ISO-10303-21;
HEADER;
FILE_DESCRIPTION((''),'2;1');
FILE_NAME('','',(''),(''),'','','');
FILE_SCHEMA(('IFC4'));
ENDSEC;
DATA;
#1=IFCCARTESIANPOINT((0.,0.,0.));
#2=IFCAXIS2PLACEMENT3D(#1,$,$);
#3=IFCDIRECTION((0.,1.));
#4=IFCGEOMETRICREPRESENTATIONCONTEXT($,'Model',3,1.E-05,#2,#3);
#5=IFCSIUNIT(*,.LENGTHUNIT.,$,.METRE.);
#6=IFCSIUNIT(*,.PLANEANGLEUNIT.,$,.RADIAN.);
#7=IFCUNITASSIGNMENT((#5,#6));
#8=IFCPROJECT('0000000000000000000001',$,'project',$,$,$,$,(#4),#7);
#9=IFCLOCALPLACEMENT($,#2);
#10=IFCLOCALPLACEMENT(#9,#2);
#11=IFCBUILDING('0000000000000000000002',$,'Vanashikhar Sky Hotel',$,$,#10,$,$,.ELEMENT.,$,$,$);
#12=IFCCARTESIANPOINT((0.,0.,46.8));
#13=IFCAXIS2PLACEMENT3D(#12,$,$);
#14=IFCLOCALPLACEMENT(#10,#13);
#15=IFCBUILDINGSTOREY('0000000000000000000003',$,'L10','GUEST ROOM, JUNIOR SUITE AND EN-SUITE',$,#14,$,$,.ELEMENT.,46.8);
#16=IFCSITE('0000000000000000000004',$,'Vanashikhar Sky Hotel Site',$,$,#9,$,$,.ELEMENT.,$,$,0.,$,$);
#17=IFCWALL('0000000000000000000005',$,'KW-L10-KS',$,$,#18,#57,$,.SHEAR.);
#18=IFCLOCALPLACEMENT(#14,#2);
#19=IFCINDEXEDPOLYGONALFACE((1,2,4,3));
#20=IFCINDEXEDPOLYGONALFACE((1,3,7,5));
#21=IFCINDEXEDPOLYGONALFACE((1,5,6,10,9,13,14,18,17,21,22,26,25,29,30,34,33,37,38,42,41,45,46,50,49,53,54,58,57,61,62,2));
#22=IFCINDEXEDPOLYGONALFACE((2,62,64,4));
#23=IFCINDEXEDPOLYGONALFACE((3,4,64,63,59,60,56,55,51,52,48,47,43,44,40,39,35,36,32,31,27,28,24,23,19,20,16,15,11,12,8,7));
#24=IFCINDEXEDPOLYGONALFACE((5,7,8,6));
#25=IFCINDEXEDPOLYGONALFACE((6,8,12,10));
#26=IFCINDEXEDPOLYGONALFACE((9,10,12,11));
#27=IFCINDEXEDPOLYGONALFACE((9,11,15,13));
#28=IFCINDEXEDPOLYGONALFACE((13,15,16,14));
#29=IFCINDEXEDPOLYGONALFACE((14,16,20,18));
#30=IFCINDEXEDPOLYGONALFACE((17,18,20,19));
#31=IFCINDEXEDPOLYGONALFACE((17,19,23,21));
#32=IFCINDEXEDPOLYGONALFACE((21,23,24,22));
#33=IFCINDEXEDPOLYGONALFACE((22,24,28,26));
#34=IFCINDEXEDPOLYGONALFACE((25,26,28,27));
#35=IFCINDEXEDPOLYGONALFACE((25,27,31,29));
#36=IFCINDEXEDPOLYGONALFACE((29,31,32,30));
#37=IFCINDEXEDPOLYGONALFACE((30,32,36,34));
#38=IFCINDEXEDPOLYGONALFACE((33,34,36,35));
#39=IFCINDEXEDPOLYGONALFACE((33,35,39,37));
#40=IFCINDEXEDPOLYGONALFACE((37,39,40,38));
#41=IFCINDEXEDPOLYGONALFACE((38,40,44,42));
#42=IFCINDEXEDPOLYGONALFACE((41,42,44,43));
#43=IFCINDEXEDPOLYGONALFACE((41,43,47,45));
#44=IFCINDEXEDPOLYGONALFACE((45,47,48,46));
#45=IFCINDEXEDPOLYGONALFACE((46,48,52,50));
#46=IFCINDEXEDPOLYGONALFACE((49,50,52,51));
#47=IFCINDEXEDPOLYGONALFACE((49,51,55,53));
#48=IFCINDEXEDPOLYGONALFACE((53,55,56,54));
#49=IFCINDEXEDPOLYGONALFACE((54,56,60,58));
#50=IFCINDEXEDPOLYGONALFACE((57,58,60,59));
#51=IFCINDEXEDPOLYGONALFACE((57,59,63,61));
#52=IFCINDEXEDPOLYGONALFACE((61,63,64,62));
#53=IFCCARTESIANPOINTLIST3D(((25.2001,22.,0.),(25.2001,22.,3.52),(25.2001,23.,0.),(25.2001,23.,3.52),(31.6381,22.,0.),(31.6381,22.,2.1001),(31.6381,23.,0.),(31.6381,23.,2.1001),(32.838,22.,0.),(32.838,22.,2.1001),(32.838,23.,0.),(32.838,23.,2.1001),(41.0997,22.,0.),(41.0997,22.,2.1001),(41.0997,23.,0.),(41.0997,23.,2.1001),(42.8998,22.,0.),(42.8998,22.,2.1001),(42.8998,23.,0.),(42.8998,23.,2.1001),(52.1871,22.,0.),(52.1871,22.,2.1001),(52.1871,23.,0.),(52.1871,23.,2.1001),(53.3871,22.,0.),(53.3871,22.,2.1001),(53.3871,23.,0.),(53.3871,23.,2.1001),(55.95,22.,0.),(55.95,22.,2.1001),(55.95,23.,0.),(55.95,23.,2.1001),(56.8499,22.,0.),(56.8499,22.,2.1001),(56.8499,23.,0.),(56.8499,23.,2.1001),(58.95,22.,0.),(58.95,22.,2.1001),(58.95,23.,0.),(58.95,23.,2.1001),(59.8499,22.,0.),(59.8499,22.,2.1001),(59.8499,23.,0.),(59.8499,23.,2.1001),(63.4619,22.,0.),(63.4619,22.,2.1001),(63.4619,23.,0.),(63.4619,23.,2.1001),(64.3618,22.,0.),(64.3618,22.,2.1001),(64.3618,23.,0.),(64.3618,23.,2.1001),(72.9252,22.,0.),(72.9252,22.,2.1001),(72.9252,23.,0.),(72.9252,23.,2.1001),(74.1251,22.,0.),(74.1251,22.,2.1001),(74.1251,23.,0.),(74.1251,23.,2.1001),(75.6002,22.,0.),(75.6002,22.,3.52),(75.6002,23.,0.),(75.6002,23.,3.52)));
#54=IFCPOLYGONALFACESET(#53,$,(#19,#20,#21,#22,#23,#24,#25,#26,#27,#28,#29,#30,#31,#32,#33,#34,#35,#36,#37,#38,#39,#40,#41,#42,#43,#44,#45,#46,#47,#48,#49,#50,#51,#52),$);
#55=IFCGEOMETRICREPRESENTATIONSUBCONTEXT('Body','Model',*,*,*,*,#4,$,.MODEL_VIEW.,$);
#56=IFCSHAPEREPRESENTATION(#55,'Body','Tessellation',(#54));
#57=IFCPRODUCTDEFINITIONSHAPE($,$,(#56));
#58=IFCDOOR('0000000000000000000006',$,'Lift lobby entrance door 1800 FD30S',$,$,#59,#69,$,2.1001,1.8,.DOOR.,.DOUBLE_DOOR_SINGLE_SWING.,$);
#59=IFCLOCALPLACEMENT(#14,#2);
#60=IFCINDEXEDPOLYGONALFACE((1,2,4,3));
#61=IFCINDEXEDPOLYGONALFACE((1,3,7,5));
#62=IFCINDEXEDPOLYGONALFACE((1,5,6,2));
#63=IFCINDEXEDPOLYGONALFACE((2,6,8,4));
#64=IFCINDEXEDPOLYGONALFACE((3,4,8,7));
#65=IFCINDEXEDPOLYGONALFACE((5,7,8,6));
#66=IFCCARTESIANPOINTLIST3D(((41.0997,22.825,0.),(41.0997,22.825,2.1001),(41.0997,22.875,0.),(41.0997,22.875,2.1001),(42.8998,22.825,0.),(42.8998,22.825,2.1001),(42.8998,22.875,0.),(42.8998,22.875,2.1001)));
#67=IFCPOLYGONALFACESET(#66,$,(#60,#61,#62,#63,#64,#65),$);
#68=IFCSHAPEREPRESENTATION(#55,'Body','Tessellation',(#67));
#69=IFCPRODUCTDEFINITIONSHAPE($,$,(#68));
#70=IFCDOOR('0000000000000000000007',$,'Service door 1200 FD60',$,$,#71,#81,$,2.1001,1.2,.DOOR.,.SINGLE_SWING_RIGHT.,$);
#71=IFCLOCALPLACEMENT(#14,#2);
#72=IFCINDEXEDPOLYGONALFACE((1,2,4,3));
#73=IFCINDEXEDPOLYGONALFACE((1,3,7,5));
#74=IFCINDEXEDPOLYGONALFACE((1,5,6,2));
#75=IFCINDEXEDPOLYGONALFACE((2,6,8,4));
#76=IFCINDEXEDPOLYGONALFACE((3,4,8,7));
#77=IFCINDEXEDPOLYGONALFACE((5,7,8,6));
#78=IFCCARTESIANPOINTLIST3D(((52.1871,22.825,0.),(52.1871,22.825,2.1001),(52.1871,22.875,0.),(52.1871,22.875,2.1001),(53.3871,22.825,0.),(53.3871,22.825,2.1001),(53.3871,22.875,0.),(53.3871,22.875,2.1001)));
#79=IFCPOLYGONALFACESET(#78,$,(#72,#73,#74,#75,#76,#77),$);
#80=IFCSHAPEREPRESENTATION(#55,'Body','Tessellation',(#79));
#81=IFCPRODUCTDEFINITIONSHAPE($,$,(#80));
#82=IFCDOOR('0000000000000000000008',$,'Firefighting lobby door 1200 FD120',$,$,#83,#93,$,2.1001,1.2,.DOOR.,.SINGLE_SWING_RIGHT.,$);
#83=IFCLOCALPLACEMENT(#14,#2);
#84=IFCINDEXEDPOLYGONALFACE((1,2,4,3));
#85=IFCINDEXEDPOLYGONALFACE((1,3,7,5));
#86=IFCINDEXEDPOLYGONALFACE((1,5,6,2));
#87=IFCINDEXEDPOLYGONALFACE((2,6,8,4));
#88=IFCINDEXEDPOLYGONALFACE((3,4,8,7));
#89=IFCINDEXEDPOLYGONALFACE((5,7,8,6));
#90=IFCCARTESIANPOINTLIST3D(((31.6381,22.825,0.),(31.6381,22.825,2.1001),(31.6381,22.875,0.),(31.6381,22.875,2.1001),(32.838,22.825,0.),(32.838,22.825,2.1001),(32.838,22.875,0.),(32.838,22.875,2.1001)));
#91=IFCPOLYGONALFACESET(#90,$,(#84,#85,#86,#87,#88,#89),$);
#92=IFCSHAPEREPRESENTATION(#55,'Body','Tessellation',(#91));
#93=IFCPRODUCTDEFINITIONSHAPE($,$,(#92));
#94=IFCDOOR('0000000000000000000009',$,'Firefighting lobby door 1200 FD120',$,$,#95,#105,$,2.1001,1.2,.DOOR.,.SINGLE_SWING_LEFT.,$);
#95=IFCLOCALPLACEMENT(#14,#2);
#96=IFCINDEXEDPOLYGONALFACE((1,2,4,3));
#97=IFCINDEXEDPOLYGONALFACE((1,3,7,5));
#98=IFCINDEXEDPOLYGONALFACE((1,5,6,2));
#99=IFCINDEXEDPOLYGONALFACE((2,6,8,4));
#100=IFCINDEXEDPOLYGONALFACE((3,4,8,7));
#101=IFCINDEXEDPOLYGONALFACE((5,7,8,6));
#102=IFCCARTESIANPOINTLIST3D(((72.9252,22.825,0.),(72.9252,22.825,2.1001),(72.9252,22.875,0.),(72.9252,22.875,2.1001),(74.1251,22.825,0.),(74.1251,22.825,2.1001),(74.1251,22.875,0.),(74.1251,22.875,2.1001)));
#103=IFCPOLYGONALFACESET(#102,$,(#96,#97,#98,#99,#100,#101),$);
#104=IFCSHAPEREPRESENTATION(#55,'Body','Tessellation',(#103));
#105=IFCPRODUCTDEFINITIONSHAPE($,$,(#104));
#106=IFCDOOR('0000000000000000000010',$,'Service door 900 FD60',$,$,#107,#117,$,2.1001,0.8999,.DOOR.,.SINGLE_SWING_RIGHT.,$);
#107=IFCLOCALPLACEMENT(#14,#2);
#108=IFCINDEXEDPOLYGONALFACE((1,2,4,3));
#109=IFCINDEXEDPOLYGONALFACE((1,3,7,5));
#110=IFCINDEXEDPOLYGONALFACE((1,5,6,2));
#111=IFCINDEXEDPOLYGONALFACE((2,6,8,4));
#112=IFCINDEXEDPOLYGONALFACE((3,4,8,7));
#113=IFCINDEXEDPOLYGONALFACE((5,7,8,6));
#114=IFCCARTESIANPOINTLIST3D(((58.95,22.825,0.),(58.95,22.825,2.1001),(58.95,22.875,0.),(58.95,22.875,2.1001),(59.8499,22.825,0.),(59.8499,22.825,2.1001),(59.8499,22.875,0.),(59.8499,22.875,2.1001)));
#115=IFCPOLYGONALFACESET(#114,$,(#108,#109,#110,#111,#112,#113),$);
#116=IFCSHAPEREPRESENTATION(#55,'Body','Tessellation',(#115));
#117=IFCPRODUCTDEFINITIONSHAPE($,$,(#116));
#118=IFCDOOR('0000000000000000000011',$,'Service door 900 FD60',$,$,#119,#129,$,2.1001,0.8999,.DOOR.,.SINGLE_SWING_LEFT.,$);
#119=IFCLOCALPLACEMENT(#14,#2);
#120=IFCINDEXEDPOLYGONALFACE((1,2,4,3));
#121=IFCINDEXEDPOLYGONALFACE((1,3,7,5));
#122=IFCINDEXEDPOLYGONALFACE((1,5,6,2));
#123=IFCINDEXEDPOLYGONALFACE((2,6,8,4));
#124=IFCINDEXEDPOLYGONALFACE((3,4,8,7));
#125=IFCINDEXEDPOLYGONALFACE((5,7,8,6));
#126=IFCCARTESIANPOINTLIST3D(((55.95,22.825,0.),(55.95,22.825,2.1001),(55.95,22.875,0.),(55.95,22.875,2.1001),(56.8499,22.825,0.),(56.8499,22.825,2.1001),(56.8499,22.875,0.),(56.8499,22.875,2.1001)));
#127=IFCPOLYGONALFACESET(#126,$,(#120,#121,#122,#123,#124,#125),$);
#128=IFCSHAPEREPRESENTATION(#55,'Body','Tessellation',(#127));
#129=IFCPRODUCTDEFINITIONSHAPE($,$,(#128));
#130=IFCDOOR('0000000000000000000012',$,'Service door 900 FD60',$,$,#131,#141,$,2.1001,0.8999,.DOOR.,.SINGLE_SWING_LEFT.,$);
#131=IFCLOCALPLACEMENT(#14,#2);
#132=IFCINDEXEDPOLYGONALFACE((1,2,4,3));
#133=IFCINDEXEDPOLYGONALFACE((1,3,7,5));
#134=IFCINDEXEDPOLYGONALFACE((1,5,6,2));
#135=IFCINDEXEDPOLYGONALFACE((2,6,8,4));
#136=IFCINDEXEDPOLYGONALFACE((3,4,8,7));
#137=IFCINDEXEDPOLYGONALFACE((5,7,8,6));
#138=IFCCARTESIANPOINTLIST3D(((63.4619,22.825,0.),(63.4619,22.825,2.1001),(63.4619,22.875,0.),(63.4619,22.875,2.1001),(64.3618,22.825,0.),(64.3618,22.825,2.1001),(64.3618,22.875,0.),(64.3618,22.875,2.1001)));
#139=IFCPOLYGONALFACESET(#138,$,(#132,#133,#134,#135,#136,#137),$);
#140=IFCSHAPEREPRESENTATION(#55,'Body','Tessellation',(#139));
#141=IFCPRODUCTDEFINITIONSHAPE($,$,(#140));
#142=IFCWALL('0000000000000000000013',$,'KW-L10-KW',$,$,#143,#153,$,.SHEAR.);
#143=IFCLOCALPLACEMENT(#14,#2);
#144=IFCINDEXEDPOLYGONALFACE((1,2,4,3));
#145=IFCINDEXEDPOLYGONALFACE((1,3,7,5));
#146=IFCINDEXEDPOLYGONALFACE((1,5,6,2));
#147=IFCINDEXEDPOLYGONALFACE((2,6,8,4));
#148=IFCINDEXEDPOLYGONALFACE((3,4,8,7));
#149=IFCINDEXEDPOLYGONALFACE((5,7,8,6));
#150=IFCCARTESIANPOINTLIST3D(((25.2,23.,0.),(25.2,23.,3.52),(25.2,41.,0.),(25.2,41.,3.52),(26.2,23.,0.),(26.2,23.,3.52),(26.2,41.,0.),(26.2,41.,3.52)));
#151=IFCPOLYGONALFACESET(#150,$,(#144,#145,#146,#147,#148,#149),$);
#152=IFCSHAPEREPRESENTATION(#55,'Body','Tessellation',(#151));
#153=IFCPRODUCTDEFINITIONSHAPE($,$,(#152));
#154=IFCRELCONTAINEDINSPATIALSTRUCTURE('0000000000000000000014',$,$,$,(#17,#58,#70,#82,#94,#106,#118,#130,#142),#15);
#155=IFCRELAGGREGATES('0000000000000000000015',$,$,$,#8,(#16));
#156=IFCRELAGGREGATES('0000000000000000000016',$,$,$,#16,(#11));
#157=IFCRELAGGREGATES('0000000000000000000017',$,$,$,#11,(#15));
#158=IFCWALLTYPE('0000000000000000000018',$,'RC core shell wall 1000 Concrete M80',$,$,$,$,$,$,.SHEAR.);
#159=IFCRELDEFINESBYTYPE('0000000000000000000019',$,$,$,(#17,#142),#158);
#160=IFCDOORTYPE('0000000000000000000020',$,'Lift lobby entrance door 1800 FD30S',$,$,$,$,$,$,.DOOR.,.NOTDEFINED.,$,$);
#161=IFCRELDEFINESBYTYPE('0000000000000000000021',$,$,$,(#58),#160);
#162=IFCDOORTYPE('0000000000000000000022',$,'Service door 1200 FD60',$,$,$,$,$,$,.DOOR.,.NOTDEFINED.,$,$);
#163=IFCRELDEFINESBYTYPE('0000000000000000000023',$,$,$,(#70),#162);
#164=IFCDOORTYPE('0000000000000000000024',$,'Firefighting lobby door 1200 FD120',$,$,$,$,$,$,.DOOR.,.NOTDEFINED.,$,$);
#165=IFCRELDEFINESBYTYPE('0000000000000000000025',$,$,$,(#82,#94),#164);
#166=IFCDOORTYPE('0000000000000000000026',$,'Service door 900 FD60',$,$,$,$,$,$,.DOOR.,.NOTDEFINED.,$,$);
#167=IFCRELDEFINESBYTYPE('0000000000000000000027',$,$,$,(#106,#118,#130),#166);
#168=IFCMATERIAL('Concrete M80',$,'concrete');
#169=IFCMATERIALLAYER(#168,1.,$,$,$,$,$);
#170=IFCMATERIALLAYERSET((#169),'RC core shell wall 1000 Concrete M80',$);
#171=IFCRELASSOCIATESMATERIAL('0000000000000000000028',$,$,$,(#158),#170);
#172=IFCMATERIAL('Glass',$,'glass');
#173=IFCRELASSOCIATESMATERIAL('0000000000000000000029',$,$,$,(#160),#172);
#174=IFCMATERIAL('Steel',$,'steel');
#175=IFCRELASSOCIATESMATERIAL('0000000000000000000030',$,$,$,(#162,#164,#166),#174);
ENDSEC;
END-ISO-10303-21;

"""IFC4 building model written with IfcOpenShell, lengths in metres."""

from ifc_helpers import new_model, si_unit, direction, frame, frame_2d, origin, place, context, subcontext, project, spatial, rectangle, extrude, source, transform, mapped, material, layer, layer_set, type_object, element, fill, save


model = new_model("IFC4")

# Units and contexts
model_context = context("Model", 3, precision=1e-05, world=origin(), true_north=direction((0.0, 1.0)))
body_context = subcontext(model_context, "Body", "Model", "MODEL_VIEW")
ifc_project = project(units=[si_unit("LENGTHUNIT", "METRE"), si_unit("PLANEANGLEUNIT", "RADIAN")], contexts=[model_context])

# Site, building, storey
site_placement = place(None, origin())
site = spatial("IfcSite", under=ifc_project, at=site_placement, Name="Vanashikhar Sky Hotel Site", CompositionType="ELEMENT", RefElevation=0.0)
building_placement = place(site_placement, origin())
building = spatial("IfcBuilding", under=site, at=building_placement, Name="Vanashikhar Sky Hotel", CompositionType="ELEMENT")
storey_placement = place(building_placement, frame((0.0, 0.0, 46.8)))
storey = spatial("IfcBuildingStorey", under=building, at=storey_placement, Name="L10", Description="GUEST ROOM, JUNIOR SUITE AND EN-SUITE", CompositionType="ELEMENT", Elevation=46.8)

# Wall, openings, doors
ifc_material_1 = material(Name="Concrete M80", Category="concrete")
ifc_layer_1 = layer(ifc_material_1, 1.0)
ifc_layer_set_1 = layer_set([ifc_layer_1], Name="RC core shell wall 1000 Concrete M80")
wall_type_1 = type_object("IfcWallType", Name="RC core shell wall 1000 Concrete M80", PredefinedType="SHEAR", material=ifc_layer_set_1)
shared_shape_1 = source(origin(), body_context, "Body", "SweptSolid", [
    extrude(rectangle(XDim=50.4001, YDim=1.0, at=frame_2d((25.2002, 0.0))), origin(), (0.0, 0.0, 1.0), 3.52),
])
wall_1_placement = place(storey_placement, frame((25.2, 22.5, 0.0), z_axis=(0.0, 0.0, 1.0), x_axis=(1.0, 0.0, 0.0)))
wall_1 = element("IfcWall", 1, at=wall_1_placement, inside=storey, type_object=wall_type_1, Name="KW-L10-KS", PredefinedType="SHEAR", context=body_context, shape_type="MappedRepresentation", body=[
    mapped(shared_shape_1, transform((0.0, 0.0, 0.0), scale=1.0)),
])
shared_shape_2 = source(origin(), body_context, "Body", "SweptSolid", [
    extrude(rectangle(XDim=1.8, YDim=2.1001, at=frame_2d((0.8999, 1.05))), frame((0.0, 0.51, 0.0), z_axis=(0.0, -1.0, 0.0), x_axis=(1.0, 0.0, 0.0)), (0.0, 0.0, 1.0), 1.02),
])
opening_1_placement = place(wall_1_placement, frame((15.8999, 0.0, 0.0)))
opening_1 = element("IfcOpeningElement", 2, at=opening_1_placement, cuts=wall_1, PredefinedType="OPENING", context=body_context, shape_type="MappedRepresentation", body=[
    mapped(shared_shape_2, transform((0.0, 0.0, 0.0), scale=1.0)),
])
shared_shape_3 = source(origin(), body_context, "Body", "SweptSolid", [
    extrude(rectangle(XDim=1.2, YDim=2.1001, at=frame_2d((0.6001, 1.05))), frame((0.0, 0.51, 0.0), z_axis=(0.0, -1.0, 0.0), x_axis=(1.0, 0.0, 0.0)), (0.0, 0.0, 1.0), 1.02),
])
opening_2_placement = place(wall_1_placement, frame((26.9871, 0.0, 0.0)))
opening_2 = element("IfcOpeningElement", 3, at=opening_2_placement, cuts=wall_1, PredefinedType="OPENING", context=body_context, shape_type="MappedRepresentation", body=[
    mapped(shared_shape_3, transform((0.0, 0.0, 0.0), scale=1.0)),
])
shared_shape_4 = source(origin(), body_context, "Body", "SweptSolid", [
    extrude(rectangle(XDim=0.8999, YDim=2.1001, at=frame_2d((0.45, 1.05))), frame((0.0, 0.51, 0.0), z_axis=(0.0, -1.0, 0.0), x_axis=(1.0, 0.0, 0.0)), (0.0, 0.0, 1.0), 1.02),
])
opening_3_placement = place(wall_1_placement, frame((33.75, 0.0, 0.0)))
opening_3 = element("IfcOpeningElement", 4, at=opening_3_placement, cuts=wall_1, PredefinedType="OPENING", context=body_context, shape_type="MappedRepresentation", body=[
    mapped(shared_shape_4, transform((0.0, 0.0, 0.0), scale=1.0)),
])
opening_4_placement = place(wall_1_placement, frame((30.75, 0.0, 0.0)))
opening_4 = element("IfcOpeningElement", 5, at=opening_4_placement, cuts=wall_1, PredefinedType="OPENING", context=body_context, shape_type="MappedRepresentation", body=[
    mapped(shared_shape_4, transform((0.0, 0.0, 0.0), scale=1.0)),
])
opening_5_placement = place(wall_1_placement, frame((38.262, 0.0, 0.0)))
opening_5 = element("IfcOpeningElement", 6, at=opening_5_placement, cuts=wall_1, PredefinedType="OPENING", context=body_context, shape_type="MappedRepresentation", body=[
    mapped(shared_shape_4, transform((0.0, 0.0, 0.0), scale=1.0)),
])
opening_6_placement = place(wall_1_placement, frame((6.438, 0.0, 0.0)))
opening_6 = element("IfcOpeningElement", 7, at=opening_6_placement, cuts=wall_1, PredefinedType="OPENING", context=body_context, shape_type="MappedRepresentation", body=[
    mapped(shared_shape_3, transform((0.0, 0.0, 0.0), scale=1.0)),
])
opening_7_placement = place(wall_1_placement, frame((47.7251, 0.0, 0.0)))
opening_7 = element("IfcOpeningElement", 8, at=opening_7_placement, cuts=wall_1, PredefinedType="OPENING", context=body_context, shape_type="MappedRepresentation", body=[
    mapped(shared_shape_3, transform((0.0, 0.0, 0.0), scale=1.0)),
])
ifc_material_2 = material(Name="Glass", Category="glass")
door_type_1 = type_object("IfcDoorType", Name="Lift lobby entrance door 1800 FD30S", OperationType="NOTDEFINED", PredefinedType="DOOR", material=ifc_material_2)
shared_shape_5 = source(origin(), body_context, "Body", "SweptSolid", [
    extrude(rectangle(XDim=1.8, YDim=2.1001, at=frame_2d((0.8999, 1.05))), frame((0.0, 0.375, 0.0), z_axis=(0.0, -1.0, 0.0), x_axis=(1.0, 0.0, 0.0)), (0.0, 0.0, 1.0), 0.05),
])
door_1_placement = place(opening_1_placement, origin())
door_1 = element("IfcDoor", 9, at=door_1_placement, inside=storey, type_object=door_type_1, Name="Lift lobby entrance door 1800 FD30S", OperationType="DOUBLE_DOOR_SINGLE_SWING", OverallHeight=2.1001, OverallWidth=1.8, PredefinedType="DOOR", context=body_context, shape_type="MappedRepresentation", body=[
    mapped(shared_shape_5, transform((0.0, 0.0, 0.0), scale=1.0)),
])
fill(opening_1, door_1)
ifc_material_3 = material(Name="Steel", Category="steel")
door_type_2 = type_object("IfcDoorType", Name="Service door 1200 FD60", OperationType="NOTDEFINED", PredefinedType="DOOR", material=ifc_material_3)
shared_shape_6 = source(origin(), body_context, "Body", "SweptSolid", [
    extrude(rectangle(XDim=1.2, YDim=2.1001, at=frame_2d((0.6001, 1.05))), frame((0.0, 0.375, 0.0), z_axis=(0.0, -1.0, 0.0), x_axis=(1.0, 0.0, 0.0)), (0.0, 0.0, 1.0), 0.05),
])
door_2_placement = place(opening_2_placement, origin())
door_2 = element("IfcDoor", 10, at=door_2_placement, inside=storey, type_object=door_type_2, Name="Service door 1200 FD60", OperationType="SINGLE_SWING_RIGHT", OverallHeight=2.1001, OverallWidth=1.2, PredefinedType="DOOR", context=body_context, shape_type="MappedRepresentation", body=[
    mapped(shared_shape_6, transform((0.0, 0.0, 0.0), scale=1.0)),
])
fill(opening_2, door_2)
door_type_3 = type_object("IfcDoorType", Name="Firefighting lobby door 1200 FD120", OperationType="NOTDEFINED", PredefinedType="DOOR", material=ifc_material_3)
door_3_placement = place(opening_6_placement, origin())
door_3 = element("IfcDoor", 11, at=door_3_placement, inside=storey, type_object=door_type_3, Name="Firefighting lobby door 1200 FD120", OperationType="SINGLE_SWING_RIGHT", OverallHeight=2.1001, OverallWidth=1.2, PredefinedType="DOOR", context=body_context, shape_type="MappedRepresentation", body=[
    mapped(shared_shape_6, transform((0.0, 0.0, 0.0), scale=1.0)),
])
fill(opening_6, door_3)
door_4_placement = place(opening_7_placement, origin())
door_4 = element("IfcDoor", 12, at=door_4_placement, inside=storey, type_object=door_type_3, Name="Firefighting lobby door 1200 FD120", OperationType="SINGLE_SWING_LEFT", OverallHeight=2.1001, OverallWidth=1.2, PredefinedType="DOOR", context=body_context, shape_type="MappedRepresentation", body=[
    mapped(shared_shape_6, transform((0.0, 0.0, 0.0), scale=1.0)),
])
fill(opening_7, door_4)
door_type_4 = type_object("IfcDoorType", Name="Service door 900 FD60", OperationType="NOTDEFINED", PredefinedType="DOOR", material=ifc_material_3)
shared_shape_7 = source(origin(), body_context, "Body", "SweptSolid", [
    extrude(rectangle(XDim=0.8999, YDim=2.1001, at=frame_2d((0.45, 1.05))), frame((0.0, 0.375, 0.0), z_axis=(0.0, -1.0, 0.0), x_axis=(1.0, 0.0, 0.0)), (0.0, 0.0, 1.0), 0.05),
])
door_5_placement = place(opening_3_placement, origin())
door_5 = element("IfcDoor", 13, at=door_5_placement, inside=storey, type_object=door_type_4, Name="Service door 900 FD60", OperationType="SINGLE_SWING_RIGHT", OverallHeight=2.1001, OverallWidth=0.8999, PredefinedType="DOOR", context=body_context, shape_type="MappedRepresentation", body=[
    mapped(shared_shape_7, transform((0.0, 0.0, 0.0), scale=1.0)),
])
fill(opening_3, door_5)
door_6_placement = place(opening_4_placement, origin())
door_6 = element("IfcDoor", 14, at=door_6_placement, inside=storey, type_object=door_type_4, Name="Service door 900 FD60", OperationType="SINGLE_SWING_LEFT", OverallHeight=2.1001, OverallWidth=0.8999, PredefinedType="DOOR", context=body_context, shape_type="MappedRepresentation", body=[
    mapped(shared_shape_7, transform((0.0, 0.0, 0.0), scale=1.0)),
])
fill(opening_4, door_6)
door_7_placement = place(opening_5_placement, origin())
door_7 = element("IfcDoor", 15, at=door_7_placement, inside=storey, type_object=door_type_4, Name="Service door 900 FD60", OperationType="SINGLE_SWING_LEFT", OverallHeight=2.1001, OverallWidth=0.8999, PredefinedType="DOOR", context=body_context, shape_type="MappedRepresentation", body=[
    mapped(shared_shape_7, transform((0.0, 0.0, 0.0), scale=1.0)),
])
fill(opening_5, door_7)

# Wall
shared_shape_8 = source(origin(), body_context, "Body", "SweptSolid", [
    extrude(rectangle(XDim=18.0, YDim=1.0, at=frame_2d((9.0, 0.0))), origin(), (0.0, 0.0, 1.0), 3.52),
])
wall_2_placement = place(storey_placement, frame((25.7, 23.0, 0.0), z_axis=(0.0, 0.0, 1.0), x_axis=(0.0, 1.0, 0.0)))
element("IfcWall", 16, at=wall_2_placement, inside=storey, type_object=wall_type_1, Name="KW-L10-KW", PredefinedType="SHEAR", context=body_context, shape_type="MappedRepresentation", body=[
    mapped(shared_shape_8, transform((0.0, 0.0, 0.0), scale=1.0)),
])

save(model, "model.ifc")
